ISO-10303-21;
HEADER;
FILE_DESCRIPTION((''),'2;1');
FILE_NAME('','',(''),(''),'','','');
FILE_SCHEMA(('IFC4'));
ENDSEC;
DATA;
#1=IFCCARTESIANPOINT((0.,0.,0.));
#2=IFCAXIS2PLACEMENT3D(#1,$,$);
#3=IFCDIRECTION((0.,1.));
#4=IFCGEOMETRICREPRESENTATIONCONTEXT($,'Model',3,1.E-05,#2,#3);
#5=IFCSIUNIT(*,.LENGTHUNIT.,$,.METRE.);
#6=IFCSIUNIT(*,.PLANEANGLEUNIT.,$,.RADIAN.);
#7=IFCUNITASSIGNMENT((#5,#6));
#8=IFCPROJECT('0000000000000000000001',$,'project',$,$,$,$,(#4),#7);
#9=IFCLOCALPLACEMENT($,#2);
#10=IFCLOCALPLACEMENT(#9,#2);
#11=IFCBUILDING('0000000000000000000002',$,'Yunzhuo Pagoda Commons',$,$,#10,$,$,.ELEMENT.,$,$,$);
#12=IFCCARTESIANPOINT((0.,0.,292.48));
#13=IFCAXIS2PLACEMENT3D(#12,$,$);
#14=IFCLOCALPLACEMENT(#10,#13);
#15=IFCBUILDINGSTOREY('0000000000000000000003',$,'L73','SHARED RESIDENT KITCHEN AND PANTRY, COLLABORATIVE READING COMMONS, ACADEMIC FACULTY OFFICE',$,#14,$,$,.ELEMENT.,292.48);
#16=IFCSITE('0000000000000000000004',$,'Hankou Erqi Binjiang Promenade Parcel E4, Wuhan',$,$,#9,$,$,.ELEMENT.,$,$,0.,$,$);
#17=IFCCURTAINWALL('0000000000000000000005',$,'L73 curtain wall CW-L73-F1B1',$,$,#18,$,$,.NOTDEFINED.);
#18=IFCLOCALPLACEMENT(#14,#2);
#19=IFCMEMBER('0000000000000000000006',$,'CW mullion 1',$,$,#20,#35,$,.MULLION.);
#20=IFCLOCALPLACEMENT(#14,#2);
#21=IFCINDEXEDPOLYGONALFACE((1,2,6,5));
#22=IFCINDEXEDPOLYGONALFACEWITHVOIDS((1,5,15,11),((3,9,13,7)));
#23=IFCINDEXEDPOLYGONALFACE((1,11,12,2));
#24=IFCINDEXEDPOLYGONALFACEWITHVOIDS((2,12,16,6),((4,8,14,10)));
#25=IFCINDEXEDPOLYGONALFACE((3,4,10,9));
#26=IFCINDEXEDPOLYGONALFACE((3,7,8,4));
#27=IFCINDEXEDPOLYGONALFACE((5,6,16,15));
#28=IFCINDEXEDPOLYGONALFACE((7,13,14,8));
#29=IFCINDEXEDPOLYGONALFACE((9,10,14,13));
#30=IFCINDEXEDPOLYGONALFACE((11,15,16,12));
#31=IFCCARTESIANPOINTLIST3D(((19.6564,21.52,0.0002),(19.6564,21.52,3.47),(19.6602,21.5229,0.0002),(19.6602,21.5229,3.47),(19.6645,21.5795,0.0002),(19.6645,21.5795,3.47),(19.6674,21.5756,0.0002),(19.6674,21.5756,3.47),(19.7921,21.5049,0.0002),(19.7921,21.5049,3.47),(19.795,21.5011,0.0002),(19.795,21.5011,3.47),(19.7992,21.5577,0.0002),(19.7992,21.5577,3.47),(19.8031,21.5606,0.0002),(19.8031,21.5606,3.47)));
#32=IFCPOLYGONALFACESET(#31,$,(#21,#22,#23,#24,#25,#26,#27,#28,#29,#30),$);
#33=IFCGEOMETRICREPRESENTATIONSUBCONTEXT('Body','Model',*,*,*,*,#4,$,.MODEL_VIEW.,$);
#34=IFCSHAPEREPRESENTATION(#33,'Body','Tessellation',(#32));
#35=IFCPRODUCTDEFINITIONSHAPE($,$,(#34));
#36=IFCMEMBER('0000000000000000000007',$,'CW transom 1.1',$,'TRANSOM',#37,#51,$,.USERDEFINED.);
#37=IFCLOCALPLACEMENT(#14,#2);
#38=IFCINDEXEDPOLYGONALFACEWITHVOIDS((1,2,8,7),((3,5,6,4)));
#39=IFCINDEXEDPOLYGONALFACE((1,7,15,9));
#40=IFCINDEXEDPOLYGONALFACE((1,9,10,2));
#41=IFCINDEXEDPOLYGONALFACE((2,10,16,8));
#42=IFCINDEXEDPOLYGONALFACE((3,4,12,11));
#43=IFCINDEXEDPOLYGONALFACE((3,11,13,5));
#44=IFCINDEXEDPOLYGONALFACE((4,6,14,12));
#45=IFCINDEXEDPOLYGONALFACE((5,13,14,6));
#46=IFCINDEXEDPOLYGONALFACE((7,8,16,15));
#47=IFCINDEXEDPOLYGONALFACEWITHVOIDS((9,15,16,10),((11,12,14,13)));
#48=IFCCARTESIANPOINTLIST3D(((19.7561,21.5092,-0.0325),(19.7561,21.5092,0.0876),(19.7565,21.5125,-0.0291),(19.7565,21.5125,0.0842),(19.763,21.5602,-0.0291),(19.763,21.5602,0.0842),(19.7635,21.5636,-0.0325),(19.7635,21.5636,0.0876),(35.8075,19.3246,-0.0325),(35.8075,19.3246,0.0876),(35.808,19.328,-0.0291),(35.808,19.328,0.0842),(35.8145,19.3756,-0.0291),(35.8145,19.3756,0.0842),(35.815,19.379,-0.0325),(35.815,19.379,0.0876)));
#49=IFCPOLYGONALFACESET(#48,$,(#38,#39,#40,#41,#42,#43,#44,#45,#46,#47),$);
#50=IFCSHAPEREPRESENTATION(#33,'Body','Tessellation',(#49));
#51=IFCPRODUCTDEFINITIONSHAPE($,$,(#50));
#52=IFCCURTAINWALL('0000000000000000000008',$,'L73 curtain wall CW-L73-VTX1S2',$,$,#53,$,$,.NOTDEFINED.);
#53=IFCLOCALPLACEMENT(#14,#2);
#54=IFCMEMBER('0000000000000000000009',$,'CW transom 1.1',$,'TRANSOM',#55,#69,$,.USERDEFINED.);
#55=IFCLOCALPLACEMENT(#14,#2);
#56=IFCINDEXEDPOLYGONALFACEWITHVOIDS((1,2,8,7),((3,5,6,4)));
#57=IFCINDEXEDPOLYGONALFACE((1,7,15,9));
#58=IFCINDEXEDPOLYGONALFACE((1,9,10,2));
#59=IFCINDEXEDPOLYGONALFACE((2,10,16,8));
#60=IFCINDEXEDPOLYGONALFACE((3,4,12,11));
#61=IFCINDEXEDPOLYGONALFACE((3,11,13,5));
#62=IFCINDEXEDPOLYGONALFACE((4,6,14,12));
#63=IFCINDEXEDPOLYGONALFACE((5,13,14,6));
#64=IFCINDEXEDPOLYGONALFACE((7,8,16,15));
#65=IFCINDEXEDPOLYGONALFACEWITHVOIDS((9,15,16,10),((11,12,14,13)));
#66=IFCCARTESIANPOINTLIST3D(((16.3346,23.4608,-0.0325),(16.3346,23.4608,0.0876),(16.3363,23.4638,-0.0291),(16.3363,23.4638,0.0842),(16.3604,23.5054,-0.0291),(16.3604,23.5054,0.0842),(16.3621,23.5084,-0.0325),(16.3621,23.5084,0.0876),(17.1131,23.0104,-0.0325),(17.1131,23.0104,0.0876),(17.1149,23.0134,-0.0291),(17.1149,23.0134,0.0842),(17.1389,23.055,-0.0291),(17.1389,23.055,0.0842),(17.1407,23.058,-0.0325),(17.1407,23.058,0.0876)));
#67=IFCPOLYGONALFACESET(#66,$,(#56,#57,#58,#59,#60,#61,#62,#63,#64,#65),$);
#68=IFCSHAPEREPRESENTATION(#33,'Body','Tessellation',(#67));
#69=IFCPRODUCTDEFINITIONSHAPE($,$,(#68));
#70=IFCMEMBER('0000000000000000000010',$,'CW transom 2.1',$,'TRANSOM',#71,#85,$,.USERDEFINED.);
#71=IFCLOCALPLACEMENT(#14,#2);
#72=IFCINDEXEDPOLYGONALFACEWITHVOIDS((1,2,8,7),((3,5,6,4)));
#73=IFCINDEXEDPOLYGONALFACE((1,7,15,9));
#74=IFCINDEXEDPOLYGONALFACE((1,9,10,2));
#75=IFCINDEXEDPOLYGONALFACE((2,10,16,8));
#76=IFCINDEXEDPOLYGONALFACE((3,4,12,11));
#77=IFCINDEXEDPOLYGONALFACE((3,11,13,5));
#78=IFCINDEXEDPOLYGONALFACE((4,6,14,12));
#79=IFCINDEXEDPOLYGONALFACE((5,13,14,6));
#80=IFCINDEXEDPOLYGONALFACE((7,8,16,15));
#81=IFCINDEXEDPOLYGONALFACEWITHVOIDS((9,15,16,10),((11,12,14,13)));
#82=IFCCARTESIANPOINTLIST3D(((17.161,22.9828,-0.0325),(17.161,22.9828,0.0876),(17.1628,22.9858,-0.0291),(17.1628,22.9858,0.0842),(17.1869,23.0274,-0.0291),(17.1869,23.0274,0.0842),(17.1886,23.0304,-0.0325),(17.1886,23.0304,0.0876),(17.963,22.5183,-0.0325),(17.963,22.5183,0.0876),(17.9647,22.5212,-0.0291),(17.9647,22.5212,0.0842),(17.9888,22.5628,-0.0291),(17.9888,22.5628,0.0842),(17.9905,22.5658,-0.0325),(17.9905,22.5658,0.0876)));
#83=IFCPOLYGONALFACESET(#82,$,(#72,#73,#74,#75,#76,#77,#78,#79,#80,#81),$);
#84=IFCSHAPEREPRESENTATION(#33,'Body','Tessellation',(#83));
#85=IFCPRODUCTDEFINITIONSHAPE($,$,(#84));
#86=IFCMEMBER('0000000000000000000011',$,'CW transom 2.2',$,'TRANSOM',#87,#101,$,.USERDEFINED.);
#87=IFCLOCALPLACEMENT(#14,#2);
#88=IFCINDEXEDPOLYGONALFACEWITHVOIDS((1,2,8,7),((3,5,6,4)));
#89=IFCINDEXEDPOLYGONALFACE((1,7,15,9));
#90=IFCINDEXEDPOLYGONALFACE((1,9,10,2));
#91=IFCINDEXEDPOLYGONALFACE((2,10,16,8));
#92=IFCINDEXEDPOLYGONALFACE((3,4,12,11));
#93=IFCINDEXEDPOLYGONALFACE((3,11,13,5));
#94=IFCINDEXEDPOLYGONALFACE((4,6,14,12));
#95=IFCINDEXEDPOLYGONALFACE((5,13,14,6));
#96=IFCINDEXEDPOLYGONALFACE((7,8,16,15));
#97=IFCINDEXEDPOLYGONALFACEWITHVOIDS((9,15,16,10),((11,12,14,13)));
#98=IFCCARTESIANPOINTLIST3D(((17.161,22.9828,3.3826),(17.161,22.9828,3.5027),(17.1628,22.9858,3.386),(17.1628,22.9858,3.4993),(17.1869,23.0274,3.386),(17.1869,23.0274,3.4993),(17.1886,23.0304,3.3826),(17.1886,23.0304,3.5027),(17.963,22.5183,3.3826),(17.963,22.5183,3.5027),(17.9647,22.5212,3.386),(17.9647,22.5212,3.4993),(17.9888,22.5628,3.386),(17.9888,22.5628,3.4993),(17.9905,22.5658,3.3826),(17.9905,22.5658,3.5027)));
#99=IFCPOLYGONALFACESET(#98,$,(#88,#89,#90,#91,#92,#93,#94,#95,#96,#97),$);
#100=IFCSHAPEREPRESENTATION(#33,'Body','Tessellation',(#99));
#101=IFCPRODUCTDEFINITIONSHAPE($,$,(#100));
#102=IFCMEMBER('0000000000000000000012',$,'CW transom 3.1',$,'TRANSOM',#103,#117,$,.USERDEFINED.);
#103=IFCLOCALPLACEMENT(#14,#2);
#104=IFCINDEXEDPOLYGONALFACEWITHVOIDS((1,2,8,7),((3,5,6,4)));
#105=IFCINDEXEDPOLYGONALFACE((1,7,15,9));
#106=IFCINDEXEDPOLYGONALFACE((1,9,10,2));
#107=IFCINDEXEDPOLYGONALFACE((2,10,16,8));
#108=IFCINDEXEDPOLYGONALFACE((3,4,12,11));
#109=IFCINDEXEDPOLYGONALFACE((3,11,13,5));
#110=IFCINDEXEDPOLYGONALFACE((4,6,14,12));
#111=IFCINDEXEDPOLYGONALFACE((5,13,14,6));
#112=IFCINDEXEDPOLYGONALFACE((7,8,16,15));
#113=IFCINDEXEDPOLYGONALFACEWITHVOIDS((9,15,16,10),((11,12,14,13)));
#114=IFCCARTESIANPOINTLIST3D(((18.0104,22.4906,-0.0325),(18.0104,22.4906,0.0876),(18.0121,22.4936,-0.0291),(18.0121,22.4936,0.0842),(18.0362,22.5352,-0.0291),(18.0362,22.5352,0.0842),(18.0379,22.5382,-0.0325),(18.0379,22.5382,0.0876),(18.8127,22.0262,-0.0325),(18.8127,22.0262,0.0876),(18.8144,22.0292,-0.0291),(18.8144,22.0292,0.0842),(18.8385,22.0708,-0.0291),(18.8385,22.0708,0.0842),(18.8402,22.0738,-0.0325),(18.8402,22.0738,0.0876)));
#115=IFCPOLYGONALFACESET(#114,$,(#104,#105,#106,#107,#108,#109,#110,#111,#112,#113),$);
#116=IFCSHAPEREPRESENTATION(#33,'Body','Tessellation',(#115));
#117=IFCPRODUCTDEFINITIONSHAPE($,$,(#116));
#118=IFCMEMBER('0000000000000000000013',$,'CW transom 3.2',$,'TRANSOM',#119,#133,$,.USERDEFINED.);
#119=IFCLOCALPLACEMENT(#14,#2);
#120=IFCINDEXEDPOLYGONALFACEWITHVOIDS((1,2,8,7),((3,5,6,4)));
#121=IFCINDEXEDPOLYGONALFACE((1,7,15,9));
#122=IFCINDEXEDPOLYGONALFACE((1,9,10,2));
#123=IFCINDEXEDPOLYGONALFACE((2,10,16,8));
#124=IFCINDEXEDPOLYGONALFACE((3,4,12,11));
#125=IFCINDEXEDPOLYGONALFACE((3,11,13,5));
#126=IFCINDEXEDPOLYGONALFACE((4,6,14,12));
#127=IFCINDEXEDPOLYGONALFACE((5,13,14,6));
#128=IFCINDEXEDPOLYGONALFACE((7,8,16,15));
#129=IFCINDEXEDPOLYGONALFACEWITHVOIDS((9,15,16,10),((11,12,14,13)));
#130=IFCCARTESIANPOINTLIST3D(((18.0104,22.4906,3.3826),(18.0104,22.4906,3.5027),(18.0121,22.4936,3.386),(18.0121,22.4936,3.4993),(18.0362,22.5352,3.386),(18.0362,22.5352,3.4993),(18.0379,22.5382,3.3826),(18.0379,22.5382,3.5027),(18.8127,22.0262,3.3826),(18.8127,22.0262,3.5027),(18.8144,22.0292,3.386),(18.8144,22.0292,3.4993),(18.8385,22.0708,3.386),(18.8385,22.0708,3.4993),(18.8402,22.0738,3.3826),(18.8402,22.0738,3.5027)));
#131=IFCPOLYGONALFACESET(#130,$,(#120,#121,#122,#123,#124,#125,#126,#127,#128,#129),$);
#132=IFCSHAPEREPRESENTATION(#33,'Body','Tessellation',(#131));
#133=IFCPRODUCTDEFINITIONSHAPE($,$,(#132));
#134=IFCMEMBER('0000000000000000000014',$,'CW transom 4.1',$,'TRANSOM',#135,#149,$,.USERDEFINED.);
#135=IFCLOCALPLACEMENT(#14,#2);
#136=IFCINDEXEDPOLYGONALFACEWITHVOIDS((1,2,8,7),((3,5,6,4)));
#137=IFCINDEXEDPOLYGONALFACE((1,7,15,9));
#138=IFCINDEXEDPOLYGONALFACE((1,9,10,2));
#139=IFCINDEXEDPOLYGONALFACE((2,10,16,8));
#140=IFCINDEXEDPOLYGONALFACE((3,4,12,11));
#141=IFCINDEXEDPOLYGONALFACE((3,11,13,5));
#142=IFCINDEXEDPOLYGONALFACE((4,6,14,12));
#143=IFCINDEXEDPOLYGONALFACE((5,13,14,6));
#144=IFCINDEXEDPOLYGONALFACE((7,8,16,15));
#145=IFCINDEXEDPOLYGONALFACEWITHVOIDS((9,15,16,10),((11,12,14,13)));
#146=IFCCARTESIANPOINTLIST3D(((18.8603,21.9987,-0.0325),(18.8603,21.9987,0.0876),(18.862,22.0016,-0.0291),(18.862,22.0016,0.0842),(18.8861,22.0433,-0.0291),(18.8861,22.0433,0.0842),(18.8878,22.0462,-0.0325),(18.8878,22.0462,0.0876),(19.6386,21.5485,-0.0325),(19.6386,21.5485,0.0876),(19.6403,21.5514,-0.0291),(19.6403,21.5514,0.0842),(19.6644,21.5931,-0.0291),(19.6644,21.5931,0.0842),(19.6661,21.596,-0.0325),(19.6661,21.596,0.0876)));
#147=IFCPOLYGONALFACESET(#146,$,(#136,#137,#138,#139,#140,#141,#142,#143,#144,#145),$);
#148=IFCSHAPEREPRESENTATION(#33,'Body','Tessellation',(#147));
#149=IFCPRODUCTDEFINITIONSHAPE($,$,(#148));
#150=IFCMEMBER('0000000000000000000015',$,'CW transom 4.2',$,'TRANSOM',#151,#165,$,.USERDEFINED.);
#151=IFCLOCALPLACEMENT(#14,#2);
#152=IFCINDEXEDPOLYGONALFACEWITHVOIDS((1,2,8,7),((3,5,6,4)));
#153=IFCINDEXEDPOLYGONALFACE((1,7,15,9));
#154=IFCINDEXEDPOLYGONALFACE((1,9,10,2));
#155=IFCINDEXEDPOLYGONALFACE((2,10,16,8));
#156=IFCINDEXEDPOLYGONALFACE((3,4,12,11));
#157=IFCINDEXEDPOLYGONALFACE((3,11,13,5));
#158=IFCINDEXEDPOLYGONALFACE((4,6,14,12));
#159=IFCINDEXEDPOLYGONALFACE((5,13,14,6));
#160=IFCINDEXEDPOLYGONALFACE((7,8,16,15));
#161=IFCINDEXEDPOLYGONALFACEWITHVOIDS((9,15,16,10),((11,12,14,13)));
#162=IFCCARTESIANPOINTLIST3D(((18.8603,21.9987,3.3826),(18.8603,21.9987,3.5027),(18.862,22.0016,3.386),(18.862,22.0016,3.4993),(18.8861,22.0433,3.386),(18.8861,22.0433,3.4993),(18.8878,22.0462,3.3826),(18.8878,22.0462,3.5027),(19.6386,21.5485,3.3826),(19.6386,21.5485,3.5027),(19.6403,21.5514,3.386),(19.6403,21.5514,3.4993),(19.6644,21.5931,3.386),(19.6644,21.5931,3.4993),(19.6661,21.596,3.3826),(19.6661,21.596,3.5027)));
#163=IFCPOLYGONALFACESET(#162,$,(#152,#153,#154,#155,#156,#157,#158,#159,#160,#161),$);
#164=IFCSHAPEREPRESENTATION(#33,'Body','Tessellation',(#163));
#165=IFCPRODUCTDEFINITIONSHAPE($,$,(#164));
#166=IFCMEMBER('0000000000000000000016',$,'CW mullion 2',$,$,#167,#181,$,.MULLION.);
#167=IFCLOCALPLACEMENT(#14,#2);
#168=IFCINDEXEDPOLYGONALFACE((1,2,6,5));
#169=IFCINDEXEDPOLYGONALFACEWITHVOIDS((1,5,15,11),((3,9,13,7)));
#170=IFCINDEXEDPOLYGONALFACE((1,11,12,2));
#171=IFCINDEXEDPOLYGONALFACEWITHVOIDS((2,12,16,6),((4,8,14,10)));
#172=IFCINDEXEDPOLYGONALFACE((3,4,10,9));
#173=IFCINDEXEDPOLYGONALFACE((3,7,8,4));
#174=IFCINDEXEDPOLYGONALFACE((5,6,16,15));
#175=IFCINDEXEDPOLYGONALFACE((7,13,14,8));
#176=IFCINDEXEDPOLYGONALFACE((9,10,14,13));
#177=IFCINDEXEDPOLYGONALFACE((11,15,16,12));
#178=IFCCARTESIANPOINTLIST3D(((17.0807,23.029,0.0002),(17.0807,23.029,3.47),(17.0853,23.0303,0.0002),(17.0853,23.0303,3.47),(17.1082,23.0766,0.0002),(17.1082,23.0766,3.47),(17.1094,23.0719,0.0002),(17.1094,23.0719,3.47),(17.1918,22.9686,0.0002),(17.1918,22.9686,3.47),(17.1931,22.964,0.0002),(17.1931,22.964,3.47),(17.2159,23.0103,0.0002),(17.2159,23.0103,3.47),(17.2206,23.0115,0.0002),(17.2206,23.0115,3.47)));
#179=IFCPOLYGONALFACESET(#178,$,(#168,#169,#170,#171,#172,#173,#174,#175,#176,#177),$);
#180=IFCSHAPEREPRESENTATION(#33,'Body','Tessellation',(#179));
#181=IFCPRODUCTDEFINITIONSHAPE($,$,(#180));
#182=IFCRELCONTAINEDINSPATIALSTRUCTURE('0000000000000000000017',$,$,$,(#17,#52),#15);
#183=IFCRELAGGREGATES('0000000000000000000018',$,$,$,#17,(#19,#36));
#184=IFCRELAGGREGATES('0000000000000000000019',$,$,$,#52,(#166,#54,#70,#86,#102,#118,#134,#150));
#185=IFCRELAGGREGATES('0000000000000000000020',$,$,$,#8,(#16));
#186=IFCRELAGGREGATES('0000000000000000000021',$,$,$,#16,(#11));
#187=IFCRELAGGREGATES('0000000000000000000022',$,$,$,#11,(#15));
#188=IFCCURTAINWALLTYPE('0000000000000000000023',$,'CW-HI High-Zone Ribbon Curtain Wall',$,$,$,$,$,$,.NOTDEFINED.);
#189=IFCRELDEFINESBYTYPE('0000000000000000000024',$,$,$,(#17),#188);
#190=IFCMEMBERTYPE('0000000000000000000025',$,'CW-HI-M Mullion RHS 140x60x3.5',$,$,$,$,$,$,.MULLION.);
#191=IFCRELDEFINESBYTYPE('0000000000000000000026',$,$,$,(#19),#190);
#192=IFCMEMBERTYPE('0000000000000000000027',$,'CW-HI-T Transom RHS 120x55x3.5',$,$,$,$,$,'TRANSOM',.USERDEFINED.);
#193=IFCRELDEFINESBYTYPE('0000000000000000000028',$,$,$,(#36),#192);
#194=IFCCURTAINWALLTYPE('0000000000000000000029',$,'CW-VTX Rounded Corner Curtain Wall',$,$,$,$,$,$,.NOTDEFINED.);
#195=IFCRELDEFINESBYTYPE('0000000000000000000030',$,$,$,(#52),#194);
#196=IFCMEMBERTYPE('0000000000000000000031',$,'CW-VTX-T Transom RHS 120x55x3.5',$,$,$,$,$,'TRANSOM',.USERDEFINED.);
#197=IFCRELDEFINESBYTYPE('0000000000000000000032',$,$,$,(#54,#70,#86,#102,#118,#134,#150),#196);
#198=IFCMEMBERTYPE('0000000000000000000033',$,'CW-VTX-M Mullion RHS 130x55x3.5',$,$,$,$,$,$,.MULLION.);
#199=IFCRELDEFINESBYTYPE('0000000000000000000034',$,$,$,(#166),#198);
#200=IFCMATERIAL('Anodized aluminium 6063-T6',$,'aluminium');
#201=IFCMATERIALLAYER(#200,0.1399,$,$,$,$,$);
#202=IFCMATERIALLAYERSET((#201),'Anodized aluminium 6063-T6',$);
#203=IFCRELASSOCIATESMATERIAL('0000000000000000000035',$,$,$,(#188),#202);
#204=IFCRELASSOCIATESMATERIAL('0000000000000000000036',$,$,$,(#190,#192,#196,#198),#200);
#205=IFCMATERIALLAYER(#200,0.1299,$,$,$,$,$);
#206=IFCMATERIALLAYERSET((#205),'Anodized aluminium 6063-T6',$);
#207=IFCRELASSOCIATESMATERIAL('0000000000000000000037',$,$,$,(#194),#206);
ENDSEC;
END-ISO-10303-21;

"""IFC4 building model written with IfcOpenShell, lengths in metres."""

from ifc_helpers import new_model, si_unit, direction, frame, origin, origin_2d, place, context, subcontext, project, spatial, hollow_rectangle, extrude, source, transform, mapped, material, layer, layer_set, material_profile, profile_set, type_object, element, aggregate, save


model = new_model("IFC4")

# Units and contexts
model_context = context("Model", 3, precision=1e-05, world=origin(), true_north=direction((0.0, 1.0)))
body_context = subcontext(model_context, "Body", "Model", "MODEL_VIEW")
ifc_project = project(units=[si_unit("LENGTHUNIT", "METRE"), si_unit("PLANEANGLEUNIT", "RADIAN")], contexts=[model_context])

# Site, building, storey
site_placement = place(None, origin())
site = spatial("IfcSite", under=ifc_project, at=site_placement, Name="Hankou Erqi Binjiang Promenade Parcel E4, Wuhan", CompositionType="ELEMENT", RefElevation=0.0)
building_placement = place(site_placement, origin())
building = spatial("IfcBuilding", under=site, at=building_placement, Name="Yunzhuo Pagoda Commons", CompositionType="ELEMENT")
storey_placement = place(building_placement, frame((0.0, 0.0, 292.48)))
storey = spatial("IfcBuildingStorey", under=building, at=storey_placement, Name="L73", Description="SHARED RESIDENT KITCHEN AND PANTRY, COLLABORATIVE READING COMMONS, ACADEMIC FACULTY OFFICE", CompositionType="ELEMENT", Elevation=292.48)

# Curtain walls, members
ifc_material_1 = material(Name="Anodized aluminium 6063-T6", Category="aluminium")
ifc_layer_1 = layer(ifc_material_1, 0.1399)
ifc_layer_set_1 = layer_set([ifc_layer_1], Name="Anodized aluminium 6063-T6")
curtain_wall_type_1 = type_object("IfcCurtainWallType", Name="CW-HI High-Zone Ribbon Curtain Wall", PredefinedType="NOTDEFINED", material=ifc_layer_set_1)
curtain_wall_1_placement = place(storey_placement, origin())
curtain_wall_1 = element("IfcCurtainWall", 1, at=curtain_wall_1_placement, inside=storey, type_object=curtain_wall_type_1, Name="L73 curtain wall CW-L73-F1B1", PredefinedType="NOTDEFINED")
ifc_material_profile_1 = material_profile(ifc_material_1, hollow_rectangle(XDim=0.0601, YDim=0.1399, WallThickness=0.0034, at=origin_2d()), Name="Anodized aluminium 6063-T6")
ifc_profile_set_1 = profile_set([ifc_material_profile_1], Name="Anodized aluminium 6063-T6")
member_type_1 = type_object("IfcMemberType", Name="CW-HI-M Mullion RHS 140x60x3.5", PredefinedType="MULLION", material=ifc_profile_set_1)
shared_shape_1 = source(origin(), body_context, "Body", "SweptSolid", [
    extrude(hollow_rectangle(XDim=0.0601, YDim=0.1399, WallThickness=0.0034, at=origin_2d()), origin(), (0.0, 0.0, 1.0), 3.4697),
])
member_1_placement = place(storey_placement, frame((19.7297, 21.5403, 0.0002), z_axis=(0.0, 0.0, 1.0), x_axis=(0.134854, 0.990865, 0.0)))
member_1 = element("IfcMember", 2, at=member_1_placement, type_object=member_type_1, Name="CW mullion 1", PredefinedType="MULLION", context=body_context, shape_type="MappedRepresentation", body=[
    mapped(shared_shape_1, transform((0.0, 0.0, 0.0), scale=1.0)),
])
ifc_material_profile_2 = material_profile(ifc_material_1, hollow_rectangle(XDim=0.0549, YDim=0.1201, WallThickness=0.0034, at=origin_2d()), Name="Anodized aluminium 6063-T6")
ifc_profile_set_2 = profile_set([ifc_material_profile_2], Name="Anodized aluminium 6063-T6")
member_type_2 = type_object("IfcMemberType", Name="CW-HI-T Transom RHS 120x55x3.5", ElementType="TRANSOM", PredefinedType="USERDEFINED", material=ifc_profile_set_2)
shared_shape_2 = source(origin(), body_context, "Body", "SweptSolid", [
    extrude(hollow_rectangle(XDim=0.0549, YDim=0.1201, WallThickness=0.0034, at=origin_2d()), origin(), (0.0, 0.0, 1.0), 16.1995),
])
member_2_placement = place(storey_placement, frame((19.7598, 21.5364, 0.0276), z_axis=(0.990865, -0.134854, 0.0), x_axis=(0.134854, 0.990865, 0.0)))
member_2 = element("IfcMember", 3, at=member_2_placement, type_object=member_type_2, Name="CW transom 1.1", ObjectType="TRANSOM", PredefinedType="USERDEFINED", context=body_context, shape_type="MappedRepresentation", body=[
    mapped(shared_shape_2, transform((0.0, 0.0, 0.0), scale=1.0)),
])
aggregate(curtain_wall_1, [member_1, member_2])
ifc_layer_2 = layer(ifc_material_1, 0.1299)
ifc_layer_set_2 = layer_set([ifc_layer_2], Name="Anodized aluminium 6063-T6")
curtain_wall_type_2 = type_object("IfcCurtainWallType", Name="CW-VTX Rounded Corner Curtain Wall", PredefinedType="NOTDEFINED", material=ifc_layer_set_2)
curtain_wall_2_placement = place(storey_placement, origin())
curtain_wall_2 = element("IfcCurtainWall", 4, at=curtain_wall_2_placement, inside=storey, type_object=curtain_wall_type_2, Name="L73 curtain wall CW-L73-VTX1S2", PredefinedType="NOTDEFINED")
ifc_material_profile_3 = material_profile(ifc_material_1, hollow_rectangle(XDim=0.0549, YDim=0.1201, WallThickness=0.0034, at=origin_2d()), Name="Anodized aluminium 6063-T6")
ifc_profile_set_3 = profile_set([ifc_material_profile_3], Name="Anodized aluminium 6063-T6")
member_type_3 = type_object("IfcMemberType", Name="CW-VTX-T Transom RHS 120x55x3.5", ElementType="TRANSOM", PredefinedType="USERDEFINED", material=ifc_profile_set_3)
shared_shape_3 = source(origin(), body_context, "Body", "SweptSolid", [
    extrude(hollow_rectangle(XDim=0.0549, YDim=0.1201, WallThickness=0.0034, at=origin_2d()), origin(), (0.0, 0.0, 1.0), 0.8994),
])
member_3_placement = place(storey_placement, frame((16.3484, 23.4846, 0.0276), z_axis=(0.865575, -0.500779, 0.0), x_axis=(0.500779, 0.865575, 0.0)))
member_3 = element("IfcMember", 5, at=member_3_placement, type_object=member_type_3, Name="CW transom 1.1", ObjectType="TRANSOM", PredefinedType="USERDEFINED", context=body_context, shape_type="MappedRepresentation", body=[
    mapped(shared_shape_3, transform((0.0, 0.0, 0.0), scale=1.0)),
])
shared_shape_4 = source(origin(), body_context, "Body", "SweptSolid", [
    extrude(hollow_rectangle(XDim=0.0549, YDim=0.1201, WallThickness=0.0034, at=origin_2d()), origin(), (0.0, 0.0, 1.0), 0.9268),
])
member_4_placement = place(storey_placement, frame((17.1748, 23.0066, 0.0276), z_axis=(0.865294, -0.501265, 0.0), x_axis=(0.501265, 0.865294, 0.0)))
member_4 = element("IfcMember", 6, at=member_4_placement, type_object=member_type_3, Name="CW transom 2.1", ObjectType="TRANSOM", PredefinedType="USERDEFINED", context=body_context, shape_type="MappedRepresentation", body=[
    mapped(shared_shape_4, transform((0.0, 0.0, 0.0), scale=1.0)),
])
member_5_placement = place(storey_placement, frame((17.1748, 23.0066, 3.4426), z_axis=(0.865294, -0.501265, 0.0), x_axis=(0.501265, 0.865294, 0.0)))
member_5 = element("IfcMember", 7, at=member_5_placement, type_object=member_type_3, Name="CW transom 2.2", ObjectType="TRANSOM", PredefinedType="USERDEFINED", context=body_context, shape_type="MappedRepresentation", body=[
    mapped(shared_shape_4, transform((0.0, 0.0, 0.0), scale=1.0)),
])
shared_shape_5 = source(origin(), body_context, "Body", "SweptSolid", [
    extrude(hollow_rectangle(XDim=0.0549, YDim=0.1201, WallThickness=0.0034, at=origin_2d()), origin(), (0.0, 0.0, 1.0), 0.927),
])
member_6_placement = place(storey_placement, frame((18.0242, 22.5144, 0.0276), z_axis=(0.865474, -0.500953, 0.0), x_axis=(0.500953, 0.865474, 0.0)))
member_6 = element("IfcMember", 8, at=member_6_placement, type_object=member_type_3, Name="CW transom 3.1", ObjectType="TRANSOM", PredefinedType="USERDEFINED", context=body_context, shape_type="MappedRepresentation", body=[
    mapped(shared_shape_5, transform((0.0, 0.0, 0.0), scale=1.0)),
])
member_7_placement = place(storey_placement, frame((18.0242, 22.5144, 3.4426), z_axis=(0.865474, -0.500953, 0.0), x_axis=(0.500953, 0.865474, 0.0)))
member_7 = element("IfcMember", 9, at=member_7_placement, type_object=member_type_3, Name="CW transom 3.2", ObjectType="TRANSOM", PredefinedType="USERDEFINED", context=body_context, shape_type="MappedRepresentation", body=[
    mapped(shared_shape_5, transform((0.0, 0.0, 0.0), scale=1.0)),
])
shared_shape_6 = source(origin(), body_context, "Body", "SweptSolid", [
    extrude(hollow_rectangle(XDim=0.0549, YDim=0.1201, WallThickness=0.0034, at=origin_2d()), origin(), (0.0, 0.0, 1.0), 0.8992),
])
member_8_placement = place(storey_placement, frame((18.874, 22.0225, 0.0276), z_axis=(0.865625, -0.500694, 0.0), x_axis=(0.500694, 0.865625, 0.0)))
member_8 = element("IfcMember", 10, at=member_8_placement, type_object=member_type_3, Name="CW transom 4.1", ObjectType="TRANSOM", PredefinedType="USERDEFINED", context=body_context, shape_type="MappedRepresentation", body=[
    mapped(shared_shape_6, transform((0.0, 0.0, 0.0), scale=1.0)),
])
member_9_placement = place(storey_placement, frame((18.874, 22.0225, 3.4426), z_axis=(0.865625, -0.500694, 0.0), x_axis=(0.500694, 0.865625, 0.0)))
member_9 = element("IfcMember", 11, at=member_9_placement, type_object=member_type_3, Name="CW transom 4.2", ObjectType="TRANSOM", PredefinedType="USERDEFINED", context=body_context, shape_type="MappedRepresentation", body=[
    mapped(shared_shape_6, transform((0.0, 0.0, 0.0), scale=1.0)),
])
ifc_material_profile_4 = material_profile(ifc_material_1, hollow_rectangle(XDim=0.0549, YDim=0.1299, WallThickness=0.0034, at=origin_2d()), Name="Anodized aluminium 6063-T6")
ifc_profile_set_4 = profile_set([ifc_material_profile_4], Name="Anodized aluminium 6063-T6")
member_type_4 = type_object("IfcMemberType", Name="CW-VTX-M Mullion RHS 130x55x3.5", PredefinedType="MULLION", material=ifc_profile_set_4)
shared_shape_7 = source(origin(), body_context, "Body", "SweptSolid", [
    extrude(hollow_rectangle(XDim=0.0549, YDim=0.1299, WallThickness=0.0034, at=origin_2d()), origin(), (0.0, 0.0, 1.0), 3.4697),
])
member_10_placement = place(storey_placement, frame((17.1506, 23.0203, 0.0002), z_axis=(0.0, 0.0, 1.0), x_axis=(0.501017, 0.865437, 0.0)))
member_10 = element("IfcMember", 12, at=member_10_placement, type_object=member_type_4, Name="CW mullion 2", PredefinedType="MULLION", context=body_context, shape_type="MappedRepresentation", body=[
    mapped(shared_shape_7, transform((0.0, 0.0, 0.0), scale=1.0)),
])

aggregate(curtain_wall_2, [member_10, member_3, member_4, member_5, member_6, member_7, member_8, member_9])

save(model, "model.ifc")
